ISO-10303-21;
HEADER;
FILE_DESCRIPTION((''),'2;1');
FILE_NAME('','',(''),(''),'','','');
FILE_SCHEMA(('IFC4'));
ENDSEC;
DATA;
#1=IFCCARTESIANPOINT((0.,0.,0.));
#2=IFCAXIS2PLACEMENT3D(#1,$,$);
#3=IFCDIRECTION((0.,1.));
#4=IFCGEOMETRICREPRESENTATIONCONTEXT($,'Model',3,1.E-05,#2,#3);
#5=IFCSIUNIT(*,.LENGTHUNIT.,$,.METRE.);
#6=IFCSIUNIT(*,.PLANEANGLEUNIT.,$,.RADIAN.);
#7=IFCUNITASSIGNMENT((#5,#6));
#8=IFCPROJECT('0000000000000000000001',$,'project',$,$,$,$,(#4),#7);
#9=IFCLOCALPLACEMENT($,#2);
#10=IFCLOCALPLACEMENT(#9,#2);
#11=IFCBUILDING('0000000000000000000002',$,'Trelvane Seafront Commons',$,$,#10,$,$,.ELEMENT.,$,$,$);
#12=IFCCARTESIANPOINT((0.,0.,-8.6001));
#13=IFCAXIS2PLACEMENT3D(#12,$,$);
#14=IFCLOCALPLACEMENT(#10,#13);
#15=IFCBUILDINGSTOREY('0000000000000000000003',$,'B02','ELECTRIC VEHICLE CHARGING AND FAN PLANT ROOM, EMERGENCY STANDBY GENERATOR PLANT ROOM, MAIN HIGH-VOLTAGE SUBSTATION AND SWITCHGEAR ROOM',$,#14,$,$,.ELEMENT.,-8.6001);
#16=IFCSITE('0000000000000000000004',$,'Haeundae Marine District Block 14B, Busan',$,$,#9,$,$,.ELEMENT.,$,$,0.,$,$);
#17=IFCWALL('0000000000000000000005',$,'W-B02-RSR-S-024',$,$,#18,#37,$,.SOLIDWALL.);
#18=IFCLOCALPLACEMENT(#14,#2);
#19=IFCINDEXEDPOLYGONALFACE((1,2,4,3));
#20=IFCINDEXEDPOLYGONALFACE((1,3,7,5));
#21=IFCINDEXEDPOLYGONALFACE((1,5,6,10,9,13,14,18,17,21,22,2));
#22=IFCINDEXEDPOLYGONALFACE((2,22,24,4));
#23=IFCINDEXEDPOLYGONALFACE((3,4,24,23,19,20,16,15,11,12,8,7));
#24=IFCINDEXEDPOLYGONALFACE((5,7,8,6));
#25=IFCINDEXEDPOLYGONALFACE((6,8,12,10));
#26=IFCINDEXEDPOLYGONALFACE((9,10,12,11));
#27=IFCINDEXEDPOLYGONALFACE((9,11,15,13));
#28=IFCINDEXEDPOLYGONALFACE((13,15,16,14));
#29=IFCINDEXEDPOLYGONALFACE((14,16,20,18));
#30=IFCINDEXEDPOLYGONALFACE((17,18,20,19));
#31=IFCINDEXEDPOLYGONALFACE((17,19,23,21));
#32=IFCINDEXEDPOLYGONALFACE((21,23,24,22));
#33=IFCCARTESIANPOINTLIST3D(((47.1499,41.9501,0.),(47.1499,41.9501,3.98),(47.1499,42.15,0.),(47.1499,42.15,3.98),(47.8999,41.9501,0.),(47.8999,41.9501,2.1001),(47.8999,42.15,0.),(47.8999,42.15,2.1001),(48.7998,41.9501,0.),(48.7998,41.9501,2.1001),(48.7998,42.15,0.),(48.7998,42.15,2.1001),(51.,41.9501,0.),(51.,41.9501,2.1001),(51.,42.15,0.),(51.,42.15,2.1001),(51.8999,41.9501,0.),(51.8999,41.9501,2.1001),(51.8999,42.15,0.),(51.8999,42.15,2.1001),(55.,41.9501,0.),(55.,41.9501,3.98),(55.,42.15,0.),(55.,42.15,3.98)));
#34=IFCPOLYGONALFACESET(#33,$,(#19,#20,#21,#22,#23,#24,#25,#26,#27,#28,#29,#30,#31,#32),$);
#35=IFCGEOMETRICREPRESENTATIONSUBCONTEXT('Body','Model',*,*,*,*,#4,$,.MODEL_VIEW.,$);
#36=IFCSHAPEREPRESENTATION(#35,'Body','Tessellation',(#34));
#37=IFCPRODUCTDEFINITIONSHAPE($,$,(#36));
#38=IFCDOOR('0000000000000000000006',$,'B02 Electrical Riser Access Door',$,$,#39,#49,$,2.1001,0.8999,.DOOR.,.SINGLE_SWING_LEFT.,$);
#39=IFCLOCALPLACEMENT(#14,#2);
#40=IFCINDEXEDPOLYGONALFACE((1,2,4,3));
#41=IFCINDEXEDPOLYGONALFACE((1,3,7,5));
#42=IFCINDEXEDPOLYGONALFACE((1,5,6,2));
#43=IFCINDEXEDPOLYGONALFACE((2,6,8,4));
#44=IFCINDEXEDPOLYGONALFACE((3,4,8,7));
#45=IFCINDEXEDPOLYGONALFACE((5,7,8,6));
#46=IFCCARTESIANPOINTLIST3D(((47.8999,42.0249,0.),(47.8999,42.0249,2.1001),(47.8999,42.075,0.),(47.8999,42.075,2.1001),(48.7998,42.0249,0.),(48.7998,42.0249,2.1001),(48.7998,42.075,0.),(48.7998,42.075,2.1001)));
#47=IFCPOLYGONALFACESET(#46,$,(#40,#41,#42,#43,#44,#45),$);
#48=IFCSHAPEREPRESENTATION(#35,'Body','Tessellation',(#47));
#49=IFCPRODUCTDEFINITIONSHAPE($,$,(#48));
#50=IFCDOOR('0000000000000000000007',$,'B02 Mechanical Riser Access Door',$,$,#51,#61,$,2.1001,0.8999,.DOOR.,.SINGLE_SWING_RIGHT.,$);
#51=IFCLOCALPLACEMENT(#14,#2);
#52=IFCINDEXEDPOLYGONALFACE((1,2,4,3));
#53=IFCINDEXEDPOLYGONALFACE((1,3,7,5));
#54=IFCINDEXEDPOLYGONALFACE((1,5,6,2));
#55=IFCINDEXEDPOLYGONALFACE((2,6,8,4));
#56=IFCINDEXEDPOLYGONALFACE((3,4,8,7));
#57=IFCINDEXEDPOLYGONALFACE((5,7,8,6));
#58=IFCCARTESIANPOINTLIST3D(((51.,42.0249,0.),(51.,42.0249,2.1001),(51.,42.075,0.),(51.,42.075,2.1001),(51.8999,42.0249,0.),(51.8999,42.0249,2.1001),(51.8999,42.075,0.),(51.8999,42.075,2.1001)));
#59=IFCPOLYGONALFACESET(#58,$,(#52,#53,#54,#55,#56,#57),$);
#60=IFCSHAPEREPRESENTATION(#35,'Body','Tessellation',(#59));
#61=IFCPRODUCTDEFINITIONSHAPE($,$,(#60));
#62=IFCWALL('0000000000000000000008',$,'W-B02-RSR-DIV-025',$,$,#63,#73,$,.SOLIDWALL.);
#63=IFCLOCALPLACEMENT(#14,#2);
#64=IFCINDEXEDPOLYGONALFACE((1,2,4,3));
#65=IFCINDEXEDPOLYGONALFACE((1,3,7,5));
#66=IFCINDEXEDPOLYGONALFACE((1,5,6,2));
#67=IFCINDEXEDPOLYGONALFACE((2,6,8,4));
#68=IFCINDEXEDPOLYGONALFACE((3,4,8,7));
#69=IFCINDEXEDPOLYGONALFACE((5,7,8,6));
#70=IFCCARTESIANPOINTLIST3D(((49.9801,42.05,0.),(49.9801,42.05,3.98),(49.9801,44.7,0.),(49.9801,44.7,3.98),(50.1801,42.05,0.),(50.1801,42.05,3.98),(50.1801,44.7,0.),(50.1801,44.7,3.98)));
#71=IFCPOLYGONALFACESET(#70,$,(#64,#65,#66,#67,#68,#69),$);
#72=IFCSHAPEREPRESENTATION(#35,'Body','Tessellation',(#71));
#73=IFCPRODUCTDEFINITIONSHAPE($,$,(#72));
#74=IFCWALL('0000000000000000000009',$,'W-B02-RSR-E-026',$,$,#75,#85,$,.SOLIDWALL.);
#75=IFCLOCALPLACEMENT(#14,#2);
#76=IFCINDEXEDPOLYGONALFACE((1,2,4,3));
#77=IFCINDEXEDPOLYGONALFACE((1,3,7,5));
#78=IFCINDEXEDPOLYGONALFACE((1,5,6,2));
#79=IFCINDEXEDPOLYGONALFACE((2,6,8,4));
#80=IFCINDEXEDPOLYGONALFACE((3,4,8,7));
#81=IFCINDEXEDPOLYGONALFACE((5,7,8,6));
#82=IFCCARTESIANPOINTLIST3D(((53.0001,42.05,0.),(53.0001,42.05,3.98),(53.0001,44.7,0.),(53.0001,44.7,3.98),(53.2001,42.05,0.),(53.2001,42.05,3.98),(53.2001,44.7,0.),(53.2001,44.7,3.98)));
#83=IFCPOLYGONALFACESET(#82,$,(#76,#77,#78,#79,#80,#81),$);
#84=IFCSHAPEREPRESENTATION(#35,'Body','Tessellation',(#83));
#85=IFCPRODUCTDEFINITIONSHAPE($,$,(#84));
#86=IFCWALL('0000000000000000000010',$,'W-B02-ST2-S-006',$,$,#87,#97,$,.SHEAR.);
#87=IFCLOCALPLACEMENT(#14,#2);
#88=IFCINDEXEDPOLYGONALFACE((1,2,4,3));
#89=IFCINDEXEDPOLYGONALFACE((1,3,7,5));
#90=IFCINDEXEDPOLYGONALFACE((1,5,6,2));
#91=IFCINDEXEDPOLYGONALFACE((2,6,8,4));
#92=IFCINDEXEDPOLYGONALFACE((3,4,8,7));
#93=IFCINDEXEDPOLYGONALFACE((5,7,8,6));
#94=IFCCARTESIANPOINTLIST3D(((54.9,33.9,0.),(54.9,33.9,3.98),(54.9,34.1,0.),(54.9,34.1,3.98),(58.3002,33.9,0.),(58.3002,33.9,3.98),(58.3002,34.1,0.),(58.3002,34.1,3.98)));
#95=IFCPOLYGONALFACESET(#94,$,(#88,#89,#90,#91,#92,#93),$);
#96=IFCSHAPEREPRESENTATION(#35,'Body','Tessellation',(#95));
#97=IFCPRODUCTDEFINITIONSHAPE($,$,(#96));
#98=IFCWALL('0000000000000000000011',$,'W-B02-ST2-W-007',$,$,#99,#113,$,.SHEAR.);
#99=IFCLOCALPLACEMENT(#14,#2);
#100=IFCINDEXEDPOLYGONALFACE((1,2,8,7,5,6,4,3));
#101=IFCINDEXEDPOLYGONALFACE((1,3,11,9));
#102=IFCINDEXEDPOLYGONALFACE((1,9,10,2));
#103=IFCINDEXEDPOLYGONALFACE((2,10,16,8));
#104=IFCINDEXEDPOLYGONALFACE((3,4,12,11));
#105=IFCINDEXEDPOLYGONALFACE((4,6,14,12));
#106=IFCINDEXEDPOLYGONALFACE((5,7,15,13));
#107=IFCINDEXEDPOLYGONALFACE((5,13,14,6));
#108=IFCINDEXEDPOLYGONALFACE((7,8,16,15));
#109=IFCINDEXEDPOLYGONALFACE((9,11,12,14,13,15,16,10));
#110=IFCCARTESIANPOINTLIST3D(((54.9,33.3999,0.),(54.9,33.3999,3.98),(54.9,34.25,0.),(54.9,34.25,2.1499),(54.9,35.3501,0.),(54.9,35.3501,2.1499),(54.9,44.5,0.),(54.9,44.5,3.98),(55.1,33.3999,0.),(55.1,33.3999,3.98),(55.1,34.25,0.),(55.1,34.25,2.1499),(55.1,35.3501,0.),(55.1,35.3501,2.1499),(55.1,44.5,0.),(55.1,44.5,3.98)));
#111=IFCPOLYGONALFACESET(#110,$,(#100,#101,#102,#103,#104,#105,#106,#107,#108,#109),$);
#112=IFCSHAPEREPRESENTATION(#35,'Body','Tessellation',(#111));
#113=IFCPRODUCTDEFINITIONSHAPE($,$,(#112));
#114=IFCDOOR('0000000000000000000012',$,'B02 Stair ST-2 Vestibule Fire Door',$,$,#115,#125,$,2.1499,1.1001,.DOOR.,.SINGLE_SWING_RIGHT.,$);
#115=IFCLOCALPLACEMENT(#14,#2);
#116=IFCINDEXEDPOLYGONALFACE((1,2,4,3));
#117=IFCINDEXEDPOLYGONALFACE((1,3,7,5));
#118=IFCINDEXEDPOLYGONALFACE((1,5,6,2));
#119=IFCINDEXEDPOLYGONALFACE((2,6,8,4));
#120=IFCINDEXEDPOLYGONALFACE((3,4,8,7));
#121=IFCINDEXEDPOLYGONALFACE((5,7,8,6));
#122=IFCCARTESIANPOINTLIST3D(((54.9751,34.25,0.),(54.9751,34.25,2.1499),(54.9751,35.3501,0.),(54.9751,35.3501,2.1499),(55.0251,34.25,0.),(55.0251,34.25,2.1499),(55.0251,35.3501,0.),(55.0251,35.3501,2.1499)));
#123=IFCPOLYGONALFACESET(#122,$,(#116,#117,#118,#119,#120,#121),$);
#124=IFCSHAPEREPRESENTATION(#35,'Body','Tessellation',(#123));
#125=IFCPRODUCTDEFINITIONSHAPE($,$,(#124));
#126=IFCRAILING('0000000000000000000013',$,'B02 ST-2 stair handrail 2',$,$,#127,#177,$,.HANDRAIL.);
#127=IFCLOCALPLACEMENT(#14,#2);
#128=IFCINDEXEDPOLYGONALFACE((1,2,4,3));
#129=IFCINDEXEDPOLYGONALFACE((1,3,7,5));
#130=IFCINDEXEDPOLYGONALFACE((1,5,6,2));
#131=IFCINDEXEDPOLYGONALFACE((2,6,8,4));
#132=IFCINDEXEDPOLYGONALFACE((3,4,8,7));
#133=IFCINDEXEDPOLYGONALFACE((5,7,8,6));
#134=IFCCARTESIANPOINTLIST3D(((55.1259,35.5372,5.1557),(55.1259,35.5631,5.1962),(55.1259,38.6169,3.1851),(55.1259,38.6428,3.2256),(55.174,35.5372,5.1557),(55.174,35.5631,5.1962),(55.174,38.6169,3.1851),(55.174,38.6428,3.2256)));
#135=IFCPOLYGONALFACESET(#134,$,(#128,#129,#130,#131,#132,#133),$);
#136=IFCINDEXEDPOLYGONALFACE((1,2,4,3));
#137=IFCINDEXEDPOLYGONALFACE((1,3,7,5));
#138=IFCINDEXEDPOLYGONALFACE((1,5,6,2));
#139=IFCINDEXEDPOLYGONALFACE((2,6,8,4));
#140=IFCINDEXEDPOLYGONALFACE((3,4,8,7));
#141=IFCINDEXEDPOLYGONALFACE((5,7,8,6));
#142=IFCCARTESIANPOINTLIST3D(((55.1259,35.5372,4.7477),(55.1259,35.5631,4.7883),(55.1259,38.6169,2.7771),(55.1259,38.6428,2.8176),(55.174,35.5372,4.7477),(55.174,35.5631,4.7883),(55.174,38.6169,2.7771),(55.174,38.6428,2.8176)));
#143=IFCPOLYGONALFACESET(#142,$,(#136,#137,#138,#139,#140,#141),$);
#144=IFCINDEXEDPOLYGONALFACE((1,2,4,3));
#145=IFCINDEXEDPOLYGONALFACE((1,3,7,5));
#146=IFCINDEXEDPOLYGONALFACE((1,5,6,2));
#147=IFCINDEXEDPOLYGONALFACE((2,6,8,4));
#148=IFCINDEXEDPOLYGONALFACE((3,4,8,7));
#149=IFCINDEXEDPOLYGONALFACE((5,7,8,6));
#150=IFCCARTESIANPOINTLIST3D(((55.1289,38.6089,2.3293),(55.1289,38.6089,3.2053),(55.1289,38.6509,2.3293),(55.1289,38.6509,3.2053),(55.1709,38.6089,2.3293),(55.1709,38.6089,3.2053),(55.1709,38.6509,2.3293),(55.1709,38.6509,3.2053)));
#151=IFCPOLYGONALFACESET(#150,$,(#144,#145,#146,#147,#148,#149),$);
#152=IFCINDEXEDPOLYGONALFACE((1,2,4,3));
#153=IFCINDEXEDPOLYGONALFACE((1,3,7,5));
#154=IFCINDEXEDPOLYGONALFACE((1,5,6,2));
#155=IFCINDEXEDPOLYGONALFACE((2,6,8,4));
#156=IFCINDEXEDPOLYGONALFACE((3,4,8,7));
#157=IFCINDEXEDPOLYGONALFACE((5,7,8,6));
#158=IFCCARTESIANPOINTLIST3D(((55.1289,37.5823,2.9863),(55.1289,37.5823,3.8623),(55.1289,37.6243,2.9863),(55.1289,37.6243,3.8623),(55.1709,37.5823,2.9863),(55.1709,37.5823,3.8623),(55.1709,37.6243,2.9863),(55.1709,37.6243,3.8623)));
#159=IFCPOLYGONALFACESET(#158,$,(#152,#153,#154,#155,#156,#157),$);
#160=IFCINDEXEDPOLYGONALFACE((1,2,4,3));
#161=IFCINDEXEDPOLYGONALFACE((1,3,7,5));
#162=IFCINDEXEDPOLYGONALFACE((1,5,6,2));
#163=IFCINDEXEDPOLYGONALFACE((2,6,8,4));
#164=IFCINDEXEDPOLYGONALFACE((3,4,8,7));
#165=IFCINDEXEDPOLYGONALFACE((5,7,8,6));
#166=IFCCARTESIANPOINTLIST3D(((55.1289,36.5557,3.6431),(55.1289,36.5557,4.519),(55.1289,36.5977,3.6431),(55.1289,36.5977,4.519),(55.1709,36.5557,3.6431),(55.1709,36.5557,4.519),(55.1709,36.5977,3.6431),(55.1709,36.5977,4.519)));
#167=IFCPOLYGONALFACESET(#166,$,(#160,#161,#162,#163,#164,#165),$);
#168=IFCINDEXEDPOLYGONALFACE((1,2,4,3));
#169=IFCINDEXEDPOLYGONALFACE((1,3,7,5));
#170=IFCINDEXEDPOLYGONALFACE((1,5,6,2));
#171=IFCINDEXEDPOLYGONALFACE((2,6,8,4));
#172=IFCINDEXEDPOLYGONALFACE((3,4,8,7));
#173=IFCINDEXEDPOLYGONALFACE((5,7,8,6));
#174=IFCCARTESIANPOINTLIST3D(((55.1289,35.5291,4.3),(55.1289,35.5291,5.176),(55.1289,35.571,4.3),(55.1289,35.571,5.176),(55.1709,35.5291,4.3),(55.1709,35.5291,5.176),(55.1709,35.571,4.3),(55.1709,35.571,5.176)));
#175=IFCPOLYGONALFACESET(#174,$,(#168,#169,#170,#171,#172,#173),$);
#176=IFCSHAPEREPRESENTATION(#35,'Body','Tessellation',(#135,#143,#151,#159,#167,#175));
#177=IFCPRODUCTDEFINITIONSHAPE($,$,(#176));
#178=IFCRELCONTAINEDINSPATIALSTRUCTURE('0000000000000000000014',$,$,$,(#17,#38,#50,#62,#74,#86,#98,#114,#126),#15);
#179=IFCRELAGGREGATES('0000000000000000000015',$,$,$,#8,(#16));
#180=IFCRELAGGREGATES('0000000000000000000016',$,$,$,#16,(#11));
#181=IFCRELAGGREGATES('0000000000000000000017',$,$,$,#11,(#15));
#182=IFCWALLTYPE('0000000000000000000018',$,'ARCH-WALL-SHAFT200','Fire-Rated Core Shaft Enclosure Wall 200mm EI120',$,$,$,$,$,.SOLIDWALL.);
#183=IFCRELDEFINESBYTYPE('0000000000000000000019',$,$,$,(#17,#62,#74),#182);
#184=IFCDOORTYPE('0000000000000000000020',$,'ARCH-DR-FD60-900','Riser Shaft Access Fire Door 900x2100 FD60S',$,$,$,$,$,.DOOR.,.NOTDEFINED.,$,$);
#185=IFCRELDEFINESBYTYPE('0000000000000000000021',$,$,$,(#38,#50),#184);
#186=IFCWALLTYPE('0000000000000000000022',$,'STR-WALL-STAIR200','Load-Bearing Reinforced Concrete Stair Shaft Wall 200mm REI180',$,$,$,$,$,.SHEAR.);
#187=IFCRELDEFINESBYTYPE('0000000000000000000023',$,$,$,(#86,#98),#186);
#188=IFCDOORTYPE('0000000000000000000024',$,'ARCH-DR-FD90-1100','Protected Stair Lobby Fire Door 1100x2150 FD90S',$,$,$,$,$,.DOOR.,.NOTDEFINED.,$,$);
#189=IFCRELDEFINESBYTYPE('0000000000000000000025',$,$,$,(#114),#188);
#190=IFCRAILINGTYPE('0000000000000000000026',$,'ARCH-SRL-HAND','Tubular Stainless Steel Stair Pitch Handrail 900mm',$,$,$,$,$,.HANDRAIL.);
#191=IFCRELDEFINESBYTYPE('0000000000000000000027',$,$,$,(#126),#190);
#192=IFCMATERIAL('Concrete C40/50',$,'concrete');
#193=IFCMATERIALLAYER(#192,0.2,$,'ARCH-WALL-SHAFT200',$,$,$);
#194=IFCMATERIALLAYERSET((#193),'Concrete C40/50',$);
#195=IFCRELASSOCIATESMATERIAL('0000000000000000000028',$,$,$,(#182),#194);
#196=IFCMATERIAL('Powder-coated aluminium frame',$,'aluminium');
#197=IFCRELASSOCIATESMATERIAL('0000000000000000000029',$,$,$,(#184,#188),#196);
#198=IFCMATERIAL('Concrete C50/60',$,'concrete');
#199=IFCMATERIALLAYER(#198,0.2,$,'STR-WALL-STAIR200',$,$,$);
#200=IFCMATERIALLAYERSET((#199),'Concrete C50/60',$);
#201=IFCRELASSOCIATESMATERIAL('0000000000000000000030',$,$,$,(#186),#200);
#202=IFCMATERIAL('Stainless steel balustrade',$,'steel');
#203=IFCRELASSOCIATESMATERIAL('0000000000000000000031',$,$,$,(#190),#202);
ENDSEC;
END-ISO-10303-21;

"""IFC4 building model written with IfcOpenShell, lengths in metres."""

from ifc_helpers import new_model, si_unit, direction, frame, frame_2d, origin, origin_2d, place, context, subcontext, project, spatial, rectangle, extrude, source, transform, mapped, material, layer, layer_set, type_object, element, fill, save


model = new_model("IFC4")

# Units and contexts
model_context = context("Model", 3, precision=1e-05, world=origin(), true_north=direction((0.0, 1.0)))
body_context = subcontext(model_context, "Body", "Model", "MODEL_VIEW")
ifc_project = project(units=[si_unit("LENGTHUNIT", "METRE"), si_unit("PLANEANGLEUNIT", "RADIAN")], contexts=[model_context])

# Site, building, storey
site_placement = place(None, origin())
site = spatial("IfcSite", under=ifc_project, at=site_placement, Name="Haeundae Marine District Block 14B, Busan", CompositionType="ELEMENT", RefElevation=0.0)
building_placement = place(site_placement, origin())
building = spatial("IfcBuilding", under=site, at=building_placement, Name="Trelvane Seafront Commons", CompositionType="ELEMENT")
storey_placement = place(building_placement, frame((0.0, 0.0, -8.6001)))
storey = spatial("IfcBuildingStorey", under=building, at=storey_placement, Name="B02", Description="ELECTRIC VEHICLE CHARGING AND FAN PLANT ROOM, EMERGENCY STANDBY GENERATOR PLANT ROOM, MAIN HIGH-VOLTAGE SUBSTATION AND SWITCHGEAR ROOM", CompositionType="ELEMENT", Elevation=-8.6001)

# Shared definitions
ifc_material_1 = material(Name="Concrete C50/60", Category="concrete")

# Shared definitions
ifc_material_2 = material(Name="Concrete C40/50", Category="concrete")

# Wall, openings, doors
ifc_layer_1 = layer(ifc_material_2, 0.2, Name="ARCH-WALL-SHAFT200")
ifc_layer_set_1 = layer_set([ifc_layer_1], Name="Concrete C40/50")
wall_type_1 = type_object("IfcWallType", Name="ARCH-WALL-SHAFT200", Description="Fire-Rated Core Shaft Enclosure Wall 200mm EI120", PredefinedType="SOLIDWALL", material=ifc_layer_set_1)
wall_1_placement = place(storey_placement, frame((47.1499, 42.05, 0.0), z_axis=(0.0, 0.0, 1.0), x_axis=(1.0, 0.0, 0.0)))
wall_1 = element("IfcWall", 1, at=wall_1_placement, inside=storey, type_object=wall_type_1, Name="W-B02-RSR-S-024", PredefinedType="SOLIDWALL", context=body_context, shape_type="SweptSolid", body=[
    extrude(rectangle(XDim=7.8501, YDim=0.2, at=frame_2d((3.925, 0.0))), origin(), (0.0, 0.0, 1.0), 3.98),
])
opening_1_placement = place(wall_1_placement, frame((0.75, 0.0, 0.0)))
opening_1 = element("IfcOpeningElement", 2, at=opening_1_placement, cuts=wall_1, PredefinedType="OPENING", context=body_context, shape_type="SweptSolid", body=[
    extrude(rectangle(XDim=0.8999, YDim=2.1001, at=frame_2d((0.45, 1.05))), frame((0.0, 0.1099, 0.0), z_axis=(0.0, -1.0, 0.0), x_axis=(1.0, 0.0, 0.0)), (0.0, 0.0, 1.0), 0.22),
])
opening_2_placement = place(wall_1_placement, frame((3.8501, 0.0, 0.0)))
opening_2 = element("IfcOpeningElement", 3, at=opening_2_placement, cuts=wall_1, PredefinedType="OPENING", context=body_context, shape_type="SweptSolid", body=[
    extrude(rectangle(XDim=0.8999, YDim=2.1001, at=frame_2d((0.45, 1.05))), frame((0.0, 0.1099, 0.0), z_axis=(0.0, -1.0, 0.0), x_axis=(1.0, 0.0, 0.0)), (0.0, 0.0, 1.0), 0.22),
])
ifc_material_3 = material(Name="Powder-coated aluminium frame", Category="aluminium")
door_type_1 = type_object("IfcDoorType", Name="ARCH-DR-FD60-900", Description="Riser Shaft Access Fire Door 900x2100 FD60S", OperationType="NOTDEFINED", PredefinedType="DOOR", material=ifc_material_3)
shared_shape_1 = source(origin(), body_context, "Body", "SweptSolid", [
    extrude(rectangle(XDim=0.8999, YDim=2.1001, at=frame_2d((0.45, 1.05))), frame((0.0, 0.0249, 0.0), z_axis=(0.0, -1.0, 0.0), x_axis=(1.0, 0.0, 0.0)), (0.0, 0.0, 1.0), 0.05),
])
door_1_placement = place(opening_1_placement, origin())
door_1 = element("IfcDoor", 4, at=door_1_placement, inside=storey, type_object=door_type_1, Name="B02 Electrical Riser Access Door", OperationType="SINGLE_SWING_LEFT", OverallHeight=2.1001, OverallWidth=0.8999, PredefinedType="DOOR", context=body_context, shape_type="MappedRepresentation", body=[
    mapped(shared_shape_1, transform((0.0, 0.0, 0.0), x_axis=(1.0, 0.0, 0.0), y_axis=(0.0, 1.0, 0.0), z_axis=(0.0, 0.0, 1.0), scale=1.0)),
])
fill(opening_1, door_1)
door_2_placement = place(opening_2_placement, origin())
door_2 = element("IfcDoor", 5, at=door_2_placement, inside=storey, type_object=door_type_1, Name="B02 Mechanical Riser Access Door", OperationType="SINGLE_SWING_RIGHT", OverallHeight=2.1001, OverallWidth=0.8999, PredefinedType="DOOR", context=body_context, shape_type="MappedRepresentation", body=[
    mapped(shared_shape_1, transform((0.0, 0.0, 0.0), x_axis=(1.0, 0.0, 0.0), y_axis=(0.0, 1.0, 0.0), z_axis=(0.0, 0.0, 1.0), scale=1.0)),
])
fill(opening_2, door_2)

# Walls
for number, where, z_axis, x_axis, name in (
    (6, (50.0801, 42.05, 0.0), (0.0, 0.0, 1.0), (0.0, 1.0, 0.0), "W-B02-RSR-DIV-025"),
    (7, (53.1001, 42.05, 0.0), (0.0, 0.0, 1.0), (0.0, 1.0, 0.0), "W-B02-RSR-E-026"),
):
    element("IfcWall", number, at=place(storey_placement, frame(where, z_axis=z_axis, x_axis=x_axis)), inside=storey, type_object=wall_type_1, Name=name, PredefinedType="SOLIDWALL", context=body_context, shape_type="SweptSolid", body=[
        extrude(rectangle(XDim=2.6499, YDim=0.2, at=frame_2d((1.325, 0.0))), origin(), (0.0, 0.0, 1.0), 3.98),
    ])
ifc_layer_2 = layer(ifc_material_1, 0.2, Name="STR-WALL-STAIR200")
ifc_layer_set_2 = layer_set([ifc_layer_2], Name="Concrete C50/60")
wall_type_2 = type_object("IfcWallType", Name="STR-WALL-STAIR200", Description="Load-Bearing Reinforced Concrete Stair Shaft Wall 200mm REI180", PredefinedType="SHEAR", material=ifc_layer_set_2)
wall_2_placement = place(storey_placement, frame((54.8999, 34.0, 0.0), z_axis=(0.0, 0.0, 1.0), x_axis=(1.0, 0.0, 0.0)))
element("IfcWall", 8, at=wall_2_placement, inside=storey, type_object=wall_type_2, Name="W-B02-ST2-S-006", PredefinedType="SHEAR", context=body_context, shape_type="SweptSolid", body=[
    extrude(rectangle(XDim=3.4001, YDim=0.2, at=frame_2d((1.7002, 0.0))), origin(), (0.0, 0.0, 1.0), 3.98),
])

# Wall, opening, door
wall_3_placement = place(storey_placement, frame((55.0, 33.3999, 0.0), z_axis=(0.0, 0.0, 1.0), x_axis=(0.0, 1.0, 0.0)))
wall_3 = element("IfcWall", 9, at=wall_3_placement, inside=storey, type_object=wall_type_2, Name="W-B02-ST2-W-007", PredefinedType="SHEAR", context=body_context, shape_type="SweptSolid", body=[
    extrude(rectangle(XDim=11.1001, YDim=0.2, at=frame_2d((5.55, 0.0))), origin(), (0.0, 0.0, 1.0), 3.98),
])
opening_3_placement = place(wall_3_placement, frame((0.8501, 0.0, 0.0)))
opening_3 = element("IfcOpeningElement", 10, at=opening_3_placement, cuts=wall_3, PredefinedType="OPENING", context=body_context, shape_type="SweptSolid", body=[
    extrude(rectangle(XDim=1.1001, YDim=2.1499, at=frame_2d((0.55, 1.075))), frame((0.0, 0.1099, 0.0), z_axis=(0.0, -1.0, 0.0), x_axis=(1.0, 0.0, 0.0)), (0.0, 0.0, 1.0), 0.22),
])
door_type_2 = type_object("IfcDoorType", Name="ARCH-DR-FD90-1100", Description="Protected Stair Lobby Fire Door 1100x2150 FD90S", OperationType="NOTDEFINED", PredefinedType="DOOR", material=ifc_material_3)
shared_shape_2 = source(origin(), body_context, "Body", "SweptSolid", [
    extrude(rectangle(XDim=1.1001, YDim=2.1499, at=frame_2d((0.55, 1.075))), frame((0.0, 0.0249, 0.0), z_axis=(0.0, -1.0, 0.0), x_axis=(1.0, 0.0, 0.0)), (0.0, 0.0, 1.0), 0.05),
])
door_3_placement = place(opening_3_placement, origin())
door_3 = element("IfcDoor", 11, at=door_3_placement, inside=storey, type_object=door_type_2, Name="B02 Stair ST-2 Vestibule Fire Door", OperationType="SINGLE_SWING_RIGHT", OverallHeight=2.1499, OverallWidth=1.1001, PredefinedType="DOOR", context=body_context, shape_type="MappedRepresentation", body=[
    mapped(shared_shape_2, transform((0.0, 0.0, 0.0), x_axis=(1.0, 0.0, 0.0), y_axis=(0.0, 1.0, 0.0), z_axis=(0.0, 0.0, 1.0), scale=1.0)),
])
fill(opening_3, door_3)

# Railing
ifc_material_4 = material(Name="Stainless steel balustrade", Category="steel")
railing_type = type_object("IfcRailingType", Name="ARCH-SRL-HAND", Description="Tubular Stainless Steel Stair Pitch Handrail 900mm", PredefinedType="HANDRAIL", material=ifc_material_4)
railing_placement = place(storey_placement, frame((55.1499, 38.6299, 2.3293)))
element("IfcRailing", 12, at=railing_placement, inside=storey, type_object=railing_type, Name="B02 ST-2 stair handrail 2", PredefinedType="HANDRAIL", context=body_context, shape_type="SweptSolid", body=[
    extrude(rectangle(XDim=0.0481, YDim=0.0481, at=origin_2d()), frame((0.0, 0.0, 0.876), z_axis=(0.0, -0.84232, 0.538978), x_axis=(1.0, 0.0, 0.0)), (0.0, 0.0, 1.0), 3.6562),
    extrude(rectangle(XDim=0.0481, YDim=0.0481, at=origin_2d()), frame((0.0, 0.0, 0.468), z_axis=(0.0, -0.84232, 0.538978), x_axis=(1.0, 0.0, 0.0)), (0.0, 0.0, 1.0), 3.6562),
    extrude(rectangle(XDim=0.042, YDim=0.042, at=origin_2d()), origin(), (0.0, 0.0, 1.0), 0.876),
    extrude(rectangle(XDim=0.042, YDim=0.042, at=origin_2d()), frame((0.0, -1.0266, 0.657)), (0.0, 0.0, 1.0), 0.876),
    extrude(rectangle(XDim=0.042, YDim=0.042, at=origin_2d()), frame((0.0, -2.0532, 1.3137)), (0.0, 0.0, 1.0), 0.876),
    extrude(rectangle(XDim=0.042, YDim=0.042, at=origin_2d()), frame((0.0, -3.0798, 1.9707)), (0.0, 0.0, 1.0), 0.876),
])

save(model, "model.ifc")
